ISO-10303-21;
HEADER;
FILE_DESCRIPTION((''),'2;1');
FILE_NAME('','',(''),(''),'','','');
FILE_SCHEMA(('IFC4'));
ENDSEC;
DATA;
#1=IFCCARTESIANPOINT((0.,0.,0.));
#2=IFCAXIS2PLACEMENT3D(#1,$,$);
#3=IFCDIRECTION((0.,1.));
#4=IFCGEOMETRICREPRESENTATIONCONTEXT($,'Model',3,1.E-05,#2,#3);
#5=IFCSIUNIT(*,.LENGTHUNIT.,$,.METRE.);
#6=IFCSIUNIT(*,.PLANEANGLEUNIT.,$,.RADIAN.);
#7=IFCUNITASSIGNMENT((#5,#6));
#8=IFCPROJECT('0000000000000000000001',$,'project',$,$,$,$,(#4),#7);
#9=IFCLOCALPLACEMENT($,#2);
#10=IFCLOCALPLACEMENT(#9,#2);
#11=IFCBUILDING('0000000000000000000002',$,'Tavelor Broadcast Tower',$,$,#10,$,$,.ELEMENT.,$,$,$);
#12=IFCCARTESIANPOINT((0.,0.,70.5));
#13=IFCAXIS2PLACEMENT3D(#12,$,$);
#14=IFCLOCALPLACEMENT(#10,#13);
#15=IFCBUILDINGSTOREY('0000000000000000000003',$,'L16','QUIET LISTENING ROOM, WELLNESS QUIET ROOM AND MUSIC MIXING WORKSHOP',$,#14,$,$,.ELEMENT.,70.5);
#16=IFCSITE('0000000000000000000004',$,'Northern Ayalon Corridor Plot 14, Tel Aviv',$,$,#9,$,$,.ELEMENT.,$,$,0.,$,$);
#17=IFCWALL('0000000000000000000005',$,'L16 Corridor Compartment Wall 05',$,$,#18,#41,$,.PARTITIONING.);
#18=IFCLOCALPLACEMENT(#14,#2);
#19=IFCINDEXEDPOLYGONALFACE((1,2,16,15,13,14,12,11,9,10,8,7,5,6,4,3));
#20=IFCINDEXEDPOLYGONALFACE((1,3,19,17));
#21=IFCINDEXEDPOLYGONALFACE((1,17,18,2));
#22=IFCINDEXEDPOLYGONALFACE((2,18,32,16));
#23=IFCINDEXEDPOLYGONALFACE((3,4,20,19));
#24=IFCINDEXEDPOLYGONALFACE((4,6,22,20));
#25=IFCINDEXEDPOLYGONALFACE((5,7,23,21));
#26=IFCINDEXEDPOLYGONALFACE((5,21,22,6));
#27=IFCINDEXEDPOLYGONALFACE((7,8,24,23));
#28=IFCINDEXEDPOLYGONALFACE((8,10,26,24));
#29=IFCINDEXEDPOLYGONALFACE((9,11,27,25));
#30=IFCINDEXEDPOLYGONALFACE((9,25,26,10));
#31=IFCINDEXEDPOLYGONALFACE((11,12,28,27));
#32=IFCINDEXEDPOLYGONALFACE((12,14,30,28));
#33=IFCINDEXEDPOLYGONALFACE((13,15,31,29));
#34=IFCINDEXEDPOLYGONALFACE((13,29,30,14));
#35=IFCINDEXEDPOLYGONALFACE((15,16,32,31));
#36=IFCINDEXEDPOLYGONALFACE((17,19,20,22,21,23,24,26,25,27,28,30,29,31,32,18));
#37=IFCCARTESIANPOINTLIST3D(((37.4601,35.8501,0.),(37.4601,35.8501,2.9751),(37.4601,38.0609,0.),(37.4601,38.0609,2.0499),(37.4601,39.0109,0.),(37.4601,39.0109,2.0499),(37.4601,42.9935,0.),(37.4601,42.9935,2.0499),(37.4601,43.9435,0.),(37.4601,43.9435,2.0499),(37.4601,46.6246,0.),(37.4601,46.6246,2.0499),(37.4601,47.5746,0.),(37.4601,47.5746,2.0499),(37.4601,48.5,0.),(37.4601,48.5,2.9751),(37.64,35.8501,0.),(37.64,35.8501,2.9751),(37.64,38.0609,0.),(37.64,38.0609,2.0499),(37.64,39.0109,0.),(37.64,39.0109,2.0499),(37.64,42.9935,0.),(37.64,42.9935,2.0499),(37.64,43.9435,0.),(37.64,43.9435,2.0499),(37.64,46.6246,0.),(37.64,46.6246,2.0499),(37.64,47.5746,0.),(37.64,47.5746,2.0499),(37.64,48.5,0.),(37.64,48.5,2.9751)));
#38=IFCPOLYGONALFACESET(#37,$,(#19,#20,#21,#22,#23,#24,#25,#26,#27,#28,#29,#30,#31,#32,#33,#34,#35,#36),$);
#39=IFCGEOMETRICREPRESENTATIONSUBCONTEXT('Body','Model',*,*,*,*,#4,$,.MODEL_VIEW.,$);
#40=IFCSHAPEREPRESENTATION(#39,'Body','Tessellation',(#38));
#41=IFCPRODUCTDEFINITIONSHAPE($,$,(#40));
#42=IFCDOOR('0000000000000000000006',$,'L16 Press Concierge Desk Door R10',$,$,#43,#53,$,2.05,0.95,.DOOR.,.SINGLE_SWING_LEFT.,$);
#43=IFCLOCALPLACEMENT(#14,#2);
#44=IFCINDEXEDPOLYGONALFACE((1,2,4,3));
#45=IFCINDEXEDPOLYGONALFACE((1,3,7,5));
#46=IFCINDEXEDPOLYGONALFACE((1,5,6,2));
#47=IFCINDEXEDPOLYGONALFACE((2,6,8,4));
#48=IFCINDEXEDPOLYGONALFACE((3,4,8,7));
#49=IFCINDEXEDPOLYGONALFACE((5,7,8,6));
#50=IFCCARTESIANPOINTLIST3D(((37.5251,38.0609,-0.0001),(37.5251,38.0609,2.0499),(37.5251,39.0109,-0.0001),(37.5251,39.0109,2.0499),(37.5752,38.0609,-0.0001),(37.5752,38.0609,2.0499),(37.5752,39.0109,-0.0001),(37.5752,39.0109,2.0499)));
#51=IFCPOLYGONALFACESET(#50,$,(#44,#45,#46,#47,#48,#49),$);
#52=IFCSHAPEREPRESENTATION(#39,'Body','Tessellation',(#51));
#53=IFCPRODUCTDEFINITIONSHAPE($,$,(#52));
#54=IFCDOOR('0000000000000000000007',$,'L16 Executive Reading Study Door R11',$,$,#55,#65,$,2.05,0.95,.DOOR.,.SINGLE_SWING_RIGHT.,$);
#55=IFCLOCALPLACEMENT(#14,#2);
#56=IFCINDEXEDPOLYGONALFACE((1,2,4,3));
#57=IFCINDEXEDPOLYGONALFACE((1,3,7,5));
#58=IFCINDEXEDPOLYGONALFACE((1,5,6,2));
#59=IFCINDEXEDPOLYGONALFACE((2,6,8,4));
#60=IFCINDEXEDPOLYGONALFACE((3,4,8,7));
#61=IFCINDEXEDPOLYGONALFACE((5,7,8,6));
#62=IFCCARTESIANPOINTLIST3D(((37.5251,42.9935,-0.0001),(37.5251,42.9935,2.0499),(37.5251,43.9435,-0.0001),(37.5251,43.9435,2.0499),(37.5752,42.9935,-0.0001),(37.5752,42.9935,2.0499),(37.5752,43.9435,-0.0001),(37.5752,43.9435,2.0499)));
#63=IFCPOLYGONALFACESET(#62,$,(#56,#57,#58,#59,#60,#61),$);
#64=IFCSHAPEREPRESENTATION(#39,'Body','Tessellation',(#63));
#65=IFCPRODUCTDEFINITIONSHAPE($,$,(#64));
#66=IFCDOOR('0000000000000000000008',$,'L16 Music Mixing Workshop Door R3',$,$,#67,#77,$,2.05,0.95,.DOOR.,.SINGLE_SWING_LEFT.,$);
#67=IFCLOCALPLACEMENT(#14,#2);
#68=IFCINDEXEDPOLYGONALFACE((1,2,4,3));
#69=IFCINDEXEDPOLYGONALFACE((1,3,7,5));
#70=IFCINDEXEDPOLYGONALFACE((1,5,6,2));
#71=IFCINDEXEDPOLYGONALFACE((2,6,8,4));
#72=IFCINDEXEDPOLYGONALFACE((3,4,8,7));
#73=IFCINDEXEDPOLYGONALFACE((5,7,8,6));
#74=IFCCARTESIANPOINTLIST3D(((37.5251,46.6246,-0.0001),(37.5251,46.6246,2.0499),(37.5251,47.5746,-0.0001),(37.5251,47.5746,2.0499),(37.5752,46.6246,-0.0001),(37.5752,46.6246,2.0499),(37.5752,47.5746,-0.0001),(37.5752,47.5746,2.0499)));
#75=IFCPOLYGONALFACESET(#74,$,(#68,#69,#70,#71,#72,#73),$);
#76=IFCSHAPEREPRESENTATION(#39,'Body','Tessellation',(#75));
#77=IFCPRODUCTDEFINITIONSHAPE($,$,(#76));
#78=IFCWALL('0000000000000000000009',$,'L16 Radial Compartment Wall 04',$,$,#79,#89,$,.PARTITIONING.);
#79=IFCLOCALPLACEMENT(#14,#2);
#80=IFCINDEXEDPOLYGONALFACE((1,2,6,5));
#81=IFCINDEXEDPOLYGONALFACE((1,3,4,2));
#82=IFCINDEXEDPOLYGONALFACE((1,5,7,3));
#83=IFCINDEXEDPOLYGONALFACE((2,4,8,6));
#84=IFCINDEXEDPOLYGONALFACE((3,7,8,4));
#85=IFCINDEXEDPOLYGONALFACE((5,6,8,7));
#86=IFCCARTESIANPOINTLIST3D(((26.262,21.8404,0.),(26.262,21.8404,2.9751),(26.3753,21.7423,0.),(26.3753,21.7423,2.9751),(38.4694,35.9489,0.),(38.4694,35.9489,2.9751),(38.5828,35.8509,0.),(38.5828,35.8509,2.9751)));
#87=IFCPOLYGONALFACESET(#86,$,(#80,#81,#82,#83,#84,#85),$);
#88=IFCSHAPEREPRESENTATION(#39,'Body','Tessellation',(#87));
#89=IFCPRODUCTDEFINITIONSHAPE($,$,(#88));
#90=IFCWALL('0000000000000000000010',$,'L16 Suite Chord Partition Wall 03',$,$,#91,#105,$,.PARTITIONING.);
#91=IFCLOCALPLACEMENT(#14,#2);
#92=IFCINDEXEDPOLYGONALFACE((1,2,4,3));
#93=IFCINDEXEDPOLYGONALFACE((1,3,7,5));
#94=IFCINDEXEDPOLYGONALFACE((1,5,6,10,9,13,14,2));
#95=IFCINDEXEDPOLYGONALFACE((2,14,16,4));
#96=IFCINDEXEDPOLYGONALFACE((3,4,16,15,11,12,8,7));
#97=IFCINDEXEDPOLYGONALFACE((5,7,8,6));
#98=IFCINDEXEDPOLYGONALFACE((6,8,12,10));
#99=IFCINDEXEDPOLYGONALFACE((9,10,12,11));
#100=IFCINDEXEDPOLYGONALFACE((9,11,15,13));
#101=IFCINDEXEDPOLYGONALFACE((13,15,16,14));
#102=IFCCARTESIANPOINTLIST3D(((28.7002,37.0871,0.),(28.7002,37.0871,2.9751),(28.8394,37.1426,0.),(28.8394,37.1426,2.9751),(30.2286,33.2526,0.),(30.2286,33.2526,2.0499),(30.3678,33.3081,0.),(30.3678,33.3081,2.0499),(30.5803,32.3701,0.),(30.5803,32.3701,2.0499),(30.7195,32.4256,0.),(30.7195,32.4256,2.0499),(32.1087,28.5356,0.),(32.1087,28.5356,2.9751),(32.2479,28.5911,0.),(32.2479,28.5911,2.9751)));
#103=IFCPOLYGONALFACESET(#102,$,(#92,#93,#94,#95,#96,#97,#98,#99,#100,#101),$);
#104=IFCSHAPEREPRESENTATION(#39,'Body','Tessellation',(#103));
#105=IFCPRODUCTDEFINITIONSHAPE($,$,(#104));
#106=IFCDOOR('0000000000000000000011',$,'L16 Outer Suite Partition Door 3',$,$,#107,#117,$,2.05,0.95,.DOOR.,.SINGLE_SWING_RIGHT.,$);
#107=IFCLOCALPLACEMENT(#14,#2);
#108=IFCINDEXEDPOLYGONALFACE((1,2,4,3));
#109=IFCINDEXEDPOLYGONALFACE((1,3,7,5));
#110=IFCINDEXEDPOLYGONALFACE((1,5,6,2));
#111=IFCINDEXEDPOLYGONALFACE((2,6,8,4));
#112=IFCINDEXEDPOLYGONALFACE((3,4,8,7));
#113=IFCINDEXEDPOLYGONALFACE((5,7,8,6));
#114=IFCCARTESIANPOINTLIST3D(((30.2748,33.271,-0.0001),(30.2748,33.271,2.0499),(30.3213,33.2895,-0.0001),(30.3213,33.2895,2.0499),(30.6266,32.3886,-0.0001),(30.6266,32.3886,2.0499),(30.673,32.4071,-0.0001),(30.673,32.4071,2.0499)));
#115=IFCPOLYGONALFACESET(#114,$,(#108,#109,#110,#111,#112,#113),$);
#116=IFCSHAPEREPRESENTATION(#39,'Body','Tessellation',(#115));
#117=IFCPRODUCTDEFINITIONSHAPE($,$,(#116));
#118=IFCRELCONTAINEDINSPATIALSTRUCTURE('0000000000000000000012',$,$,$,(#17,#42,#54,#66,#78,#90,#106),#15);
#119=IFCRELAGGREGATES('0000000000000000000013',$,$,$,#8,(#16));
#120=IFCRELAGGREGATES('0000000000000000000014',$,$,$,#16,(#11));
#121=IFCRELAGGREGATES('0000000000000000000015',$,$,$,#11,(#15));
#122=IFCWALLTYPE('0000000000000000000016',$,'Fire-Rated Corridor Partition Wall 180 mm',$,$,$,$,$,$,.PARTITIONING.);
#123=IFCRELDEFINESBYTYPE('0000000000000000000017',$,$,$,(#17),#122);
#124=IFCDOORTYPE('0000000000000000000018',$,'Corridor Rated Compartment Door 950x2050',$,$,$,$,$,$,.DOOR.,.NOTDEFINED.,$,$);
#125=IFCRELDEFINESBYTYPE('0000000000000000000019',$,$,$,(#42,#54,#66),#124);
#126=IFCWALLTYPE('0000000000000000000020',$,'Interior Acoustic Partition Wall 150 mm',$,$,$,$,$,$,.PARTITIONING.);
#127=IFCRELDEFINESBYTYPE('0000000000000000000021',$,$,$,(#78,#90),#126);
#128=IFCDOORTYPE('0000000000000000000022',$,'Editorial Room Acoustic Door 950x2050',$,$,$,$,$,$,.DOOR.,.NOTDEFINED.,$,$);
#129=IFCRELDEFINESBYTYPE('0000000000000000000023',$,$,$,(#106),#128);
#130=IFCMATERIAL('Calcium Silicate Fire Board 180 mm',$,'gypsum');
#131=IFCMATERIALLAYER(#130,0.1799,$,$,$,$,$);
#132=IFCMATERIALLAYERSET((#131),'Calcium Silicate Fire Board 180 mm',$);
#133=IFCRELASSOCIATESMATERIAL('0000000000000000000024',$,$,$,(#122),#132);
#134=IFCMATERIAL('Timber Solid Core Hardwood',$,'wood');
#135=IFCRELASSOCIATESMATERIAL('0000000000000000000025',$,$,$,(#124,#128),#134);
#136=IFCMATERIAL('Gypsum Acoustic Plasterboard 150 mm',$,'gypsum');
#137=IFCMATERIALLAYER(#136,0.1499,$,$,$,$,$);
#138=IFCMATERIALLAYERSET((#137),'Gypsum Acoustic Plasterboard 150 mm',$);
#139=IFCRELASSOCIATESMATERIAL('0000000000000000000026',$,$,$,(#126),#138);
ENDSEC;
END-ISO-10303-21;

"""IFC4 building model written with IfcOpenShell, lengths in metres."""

from ifc_helpers import new_model, si_unit, direction, frame, frame_2d, origin, place, context, subcontext, project, spatial, rectangle, extrude, material, layer, layer_set, type_object, element, fill, save


model = new_model("IFC4")

# Units and contexts
model_context = context("Model", 3, precision=1e-05, world=origin(), true_north=direction((0.0, 1.0)))
body_context = subcontext(model_context, "Body", "Model", "MODEL_VIEW")
ifc_project = project(units=[si_unit("LENGTHUNIT", "METRE"), si_unit("PLANEANGLEUNIT", "RADIAN")], contexts=[model_context])

# Site, building, storey
site_placement = place(None, origin())
site = spatial("IfcSite", under=ifc_project, at=site_placement, Name="Northern Ayalon Corridor Plot 14, Tel Aviv", CompositionType="ELEMENT", RefElevation=0.0)
building_placement = place(site_placement, origin())
building = spatial("IfcBuilding", under=site, at=building_placement, Name="Tavelor Broadcast Tower", CompositionType="ELEMENT")
storey_placement = place(building_placement, frame((0.0, 0.0, 70.5)))
storey = spatial("IfcBuildingStorey", under=building, at=storey_placement, Name="L16", Description="QUIET LISTENING ROOM, WELLNESS QUIET ROOM AND MUSIC MIXING WORKSHOP", CompositionType="ELEMENT", Elevation=70.5)

# Wall, openings, doors
ifc_material_1 = material(Name="Calcium Silicate Fire Board 180 mm", Category="gypsum")
ifc_layer_1 = layer(ifc_material_1, 0.1799)
ifc_layer_set_1 = layer_set([ifc_layer_1], Name="Calcium Silicate Fire Board 180 mm")
wall_type_1 = type_object("IfcWallType", Name="Fire-Rated Corridor Partition Wall 180 mm", PredefinedType="PARTITIONING", material=ifc_layer_set_1)
wall_1_placement = place(storey_placement, frame((37.55, 35.8501, 0.0), z_axis=(0.0, 0.0, 1.0), x_axis=(0.0, 1.0, 0.0)))
wall_1 = element("IfcWall", 1, at=wall_1_placement, inside=storey, type_object=wall_type_1, Name="L16 Corridor Compartment Wall 05", PredefinedType="PARTITIONING", context=body_context, shape_type="SweptSolid", body=[
    extrude(rectangle(XDim=12.6499, YDim=0.1799, at=frame_2d((6.325, 0.0))), origin(), (0.0, 0.0, 1.0), 2.9751),
])
opening_1_placement = place(wall_1_placement, frame((2.2107, 0.0, 0.0)))
opening_1 = element("IfcOpeningElement", 2, at=opening_1_placement, cuts=wall_1, PredefinedType="OPENING", context=body_context, shape_type="SweptSolid", body=[
    extrude(rectangle(XDim=0.95, YDim=2.05, at=frame_2d((0.4751, 1.0249))), frame((0.0, 0.1001, 0.0), z_axis=(0.0, -1.0, 0.0), x_axis=(1.0, 0.0, 0.0)), (0.0, 0.0, 1.0), 0.2),
])
opening_2_placement = place(wall_1_placement, frame((7.1433, 0.0, 0.0)))
opening_2 = element("IfcOpeningElement", 3, at=opening_2_placement, cuts=wall_1, PredefinedType="OPENING", context=body_context, shape_type="SweptSolid", body=[
    extrude(rectangle(XDim=0.95, YDim=2.05, at=frame_2d((0.4751, 1.0249))), frame((0.0, 0.1001, 0.0), z_axis=(0.0, -1.0, 0.0), x_axis=(1.0, 0.0, 0.0)), (0.0, 0.0, 1.0), 0.2),
])
opening_3_placement = place(wall_1_placement, frame((10.7744, 0.0, 0.0)))
opening_3 = element("IfcOpeningElement", 4, at=opening_3_placement, cuts=wall_1, PredefinedType="OPENING", context=body_context, shape_type="SweptSolid", body=[
    extrude(rectangle(XDim=0.95, YDim=2.05, at=frame_2d((0.4751, 1.0249))), frame((0.0, 0.1001, 0.0), z_axis=(0.0, -1.0, 0.0), x_axis=(1.0, 0.0, 0.0)), (0.0, 0.0, 1.0), 0.2),
])
ifc_material_2 = material(Name="Timber Solid Core Hardwood", Category="wood")
door_type_1 = type_object("IfcDoorType", Name="Corridor Rated Compartment Door 950x2050", OperationType="NOTDEFINED", PredefinedType="DOOR", material=ifc_material_2)
door_1_placement = place(opening_1_placement, origin())
door_1 = element("IfcDoor", 5, at=door_1_placement, inside=storey, type_object=door_type_1, Name="L16 Press Concierge Desk Door R10", OperationType="SINGLE_SWING_LEFT", OverallHeight=2.05, OverallWidth=0.95, PredefinedType="DOOR", context=body_context, shape_type="SweptSolid", body=[
    extrude(rectangle(XDim=0.95, YDim=2.05, at=frame_2d((0.4751, 1.0249))), frame((0.0, 0.0249, 0.0), z_axis=(0.0, -1.0, 0.0), x_axis=(1.0, 0.0, 0.0)), (0.0, 0.0, 1.0), 0.05),
])
fill(opening_1, door_1)
door_2_placement = place(opening_2_placement, origin())
door_2 = element("IfcDoor", 6, at=door_2_placement, inside=storey, type_object=door_type_1, Name="L16 Executive Reading Study Door R11", OperationType="SINGLE_SWING_RIGHT", OverallHeight=2.05, OverallWidth=0.95, PredefinedType="DOOR", context=body_context, shape_type="SweptSolid", body=[
    extrude(rectangle(XDim=0.95, YDim=2.05, at=frame_2d((0.4751, 1.0249))), frame((0.0, 0.0249, 0.0), z_axis=(0.0, -1.0, 0.0), x_axis=(1.0, 0.0, 0.0)), (0.0, 0.0, 1.0), 0.05),
])
fill(opening_2, door_2)
door_3_placement = place(opening_3_placement, origin())
door_3 = element("IfcDoor", 7, at=door_3_placement, inside=storey, type_object=door_type_1, Name="L16 Music Mixing Workshop Door R3", OperationType="SINGLE_SWING_LEFT", OverallHeight=2.05, OverallWidth=0.95, PredefinedType="DOOR", context=body_context, shape_type="SweptSolid", body=[
    extrude(rectangle(XDim=0.95, YDim=2.05, at=frame_2d((0.4751, 1.0249))), frame((0.0, 0.0249, 0.0), z_axis=(0.0, -1.0, 0.0), x_axis=(1.0, 0.0, 0.0)), (0.0, 0.0, 1.0), 0.05),
])
fill(opening_3, door_3)

# Wall
ifc_material_3 = material(Name="Gypsum Acoustic Plasterboard 150 mm", Category="gypsum")
ifc_layer_2 = layer(ifc_material_3, 0.1499)
ifc_layer_set_2 = layer_set([ifc_layer_2], Name="Gypsum Acoustic Plasterboard 150 mm")
wall_type_2 = type_object("IfcWallType", Name="Interior Acoustic Partition Wall 150 mm", PredefinedType="PARTITIONING", material=ifc_layer_set_2)
wall_2_placement = place(storey_placement, frame((38.5261, 35.8999, 0.0), z_axis=(0.0, 0.0, 1.0), x_axis=(-0.654319, -0.756219, 0.0)))
element("IfcWall", 8, at=wall_2_placement, inside=storey, type_object=wall_type_2, Name="L16 Radial Compartment Wall 04", PredefinedType="PARTITIONING", context=body_context, shape_type="SweptSolid", body=[
    extrude(rectangle(XDim=18.6567, YDim=0.1499, at=frame_2d((9.3284, 0.0))), origin(), (0.0, 0.0, 1.0), 2.9751),
])

# Wall, opening, door
wall_3_placement = place(storey_placement, frame((28.7698, 37.115, 0.0), z_axis=(0.0, 0.0, 1.0), x_axis=(0.370252, -0.928931, 0.0)))
wall_3 = element("IfcWall", 9, at=wall_3_placement, inside=storey, type_object=wall_type_2, Name="L16 Suite Chord Partition Wall 03", PredefinedType="PARTITIONING", context=body_context, shape_type="SweptSolid", body=[
    extrude(rectangle(XDim=9.2058, YDim=0.1499, at=frame_2d((4.603, 0.0))), origin(), (0.0, 0.0, 1.0), 2.9751),
])
opening_4_placement = place(wall_3_placement, frame((4.1279, 0.0, 0.0)))
opening_4 = element("IfcOpeningElement", 10, at=opening_4_placement, cuts=wall_3, PredefinedType="OPENING", context=body_context, shape_type="SweptSolid", body=[
    extrude(rectangle(XDim=0.95, YDim=2.05, at=frame_2d((0.4751, 1.0249))), frame((0.0, 0.085, 0.0), z_axis=(0.0, -1.0, 0.0), x_axis=(1.0, 0.0, 0.0)), (0.0, 0.0, 1.0), 0.1699),
])
door_type_2 = type_object("IfcDoorType", Name="Editorial Room Acoustic Door 950x2050", OperationType="NOTDEFINED", PredefinedType="DOOR", material=ifc_material_2)
door_4_placement = place(opening_4_placement, origin())
door_4 = element("IfcDoor", 11, at=door_4_placement, inside=storey, type_object=door_type_2, Name="L16 Outer Suite Partition Door 3", OperationType="SINGLE_SWING_RIGHT", OverallHeight=2.05, OverallWidth=0.95, PredefinedType="DOOR", context=body_context, shape_type="SweptSolid", body=[
    extrude(rectangle(XDim=0.95, YDim=2.05, at=frame_2d((0.4751, 1.0249))), frame((0.0, 0.0249, 0.0), z_axis=(0.0, -1.0, 0.0), x_axis=(1.0, 0.0, 0.0)), (0.0, 0.0, 1.0), 0.05),
])
fill(opening_4, door_4)

save(model, "model.ifc")
